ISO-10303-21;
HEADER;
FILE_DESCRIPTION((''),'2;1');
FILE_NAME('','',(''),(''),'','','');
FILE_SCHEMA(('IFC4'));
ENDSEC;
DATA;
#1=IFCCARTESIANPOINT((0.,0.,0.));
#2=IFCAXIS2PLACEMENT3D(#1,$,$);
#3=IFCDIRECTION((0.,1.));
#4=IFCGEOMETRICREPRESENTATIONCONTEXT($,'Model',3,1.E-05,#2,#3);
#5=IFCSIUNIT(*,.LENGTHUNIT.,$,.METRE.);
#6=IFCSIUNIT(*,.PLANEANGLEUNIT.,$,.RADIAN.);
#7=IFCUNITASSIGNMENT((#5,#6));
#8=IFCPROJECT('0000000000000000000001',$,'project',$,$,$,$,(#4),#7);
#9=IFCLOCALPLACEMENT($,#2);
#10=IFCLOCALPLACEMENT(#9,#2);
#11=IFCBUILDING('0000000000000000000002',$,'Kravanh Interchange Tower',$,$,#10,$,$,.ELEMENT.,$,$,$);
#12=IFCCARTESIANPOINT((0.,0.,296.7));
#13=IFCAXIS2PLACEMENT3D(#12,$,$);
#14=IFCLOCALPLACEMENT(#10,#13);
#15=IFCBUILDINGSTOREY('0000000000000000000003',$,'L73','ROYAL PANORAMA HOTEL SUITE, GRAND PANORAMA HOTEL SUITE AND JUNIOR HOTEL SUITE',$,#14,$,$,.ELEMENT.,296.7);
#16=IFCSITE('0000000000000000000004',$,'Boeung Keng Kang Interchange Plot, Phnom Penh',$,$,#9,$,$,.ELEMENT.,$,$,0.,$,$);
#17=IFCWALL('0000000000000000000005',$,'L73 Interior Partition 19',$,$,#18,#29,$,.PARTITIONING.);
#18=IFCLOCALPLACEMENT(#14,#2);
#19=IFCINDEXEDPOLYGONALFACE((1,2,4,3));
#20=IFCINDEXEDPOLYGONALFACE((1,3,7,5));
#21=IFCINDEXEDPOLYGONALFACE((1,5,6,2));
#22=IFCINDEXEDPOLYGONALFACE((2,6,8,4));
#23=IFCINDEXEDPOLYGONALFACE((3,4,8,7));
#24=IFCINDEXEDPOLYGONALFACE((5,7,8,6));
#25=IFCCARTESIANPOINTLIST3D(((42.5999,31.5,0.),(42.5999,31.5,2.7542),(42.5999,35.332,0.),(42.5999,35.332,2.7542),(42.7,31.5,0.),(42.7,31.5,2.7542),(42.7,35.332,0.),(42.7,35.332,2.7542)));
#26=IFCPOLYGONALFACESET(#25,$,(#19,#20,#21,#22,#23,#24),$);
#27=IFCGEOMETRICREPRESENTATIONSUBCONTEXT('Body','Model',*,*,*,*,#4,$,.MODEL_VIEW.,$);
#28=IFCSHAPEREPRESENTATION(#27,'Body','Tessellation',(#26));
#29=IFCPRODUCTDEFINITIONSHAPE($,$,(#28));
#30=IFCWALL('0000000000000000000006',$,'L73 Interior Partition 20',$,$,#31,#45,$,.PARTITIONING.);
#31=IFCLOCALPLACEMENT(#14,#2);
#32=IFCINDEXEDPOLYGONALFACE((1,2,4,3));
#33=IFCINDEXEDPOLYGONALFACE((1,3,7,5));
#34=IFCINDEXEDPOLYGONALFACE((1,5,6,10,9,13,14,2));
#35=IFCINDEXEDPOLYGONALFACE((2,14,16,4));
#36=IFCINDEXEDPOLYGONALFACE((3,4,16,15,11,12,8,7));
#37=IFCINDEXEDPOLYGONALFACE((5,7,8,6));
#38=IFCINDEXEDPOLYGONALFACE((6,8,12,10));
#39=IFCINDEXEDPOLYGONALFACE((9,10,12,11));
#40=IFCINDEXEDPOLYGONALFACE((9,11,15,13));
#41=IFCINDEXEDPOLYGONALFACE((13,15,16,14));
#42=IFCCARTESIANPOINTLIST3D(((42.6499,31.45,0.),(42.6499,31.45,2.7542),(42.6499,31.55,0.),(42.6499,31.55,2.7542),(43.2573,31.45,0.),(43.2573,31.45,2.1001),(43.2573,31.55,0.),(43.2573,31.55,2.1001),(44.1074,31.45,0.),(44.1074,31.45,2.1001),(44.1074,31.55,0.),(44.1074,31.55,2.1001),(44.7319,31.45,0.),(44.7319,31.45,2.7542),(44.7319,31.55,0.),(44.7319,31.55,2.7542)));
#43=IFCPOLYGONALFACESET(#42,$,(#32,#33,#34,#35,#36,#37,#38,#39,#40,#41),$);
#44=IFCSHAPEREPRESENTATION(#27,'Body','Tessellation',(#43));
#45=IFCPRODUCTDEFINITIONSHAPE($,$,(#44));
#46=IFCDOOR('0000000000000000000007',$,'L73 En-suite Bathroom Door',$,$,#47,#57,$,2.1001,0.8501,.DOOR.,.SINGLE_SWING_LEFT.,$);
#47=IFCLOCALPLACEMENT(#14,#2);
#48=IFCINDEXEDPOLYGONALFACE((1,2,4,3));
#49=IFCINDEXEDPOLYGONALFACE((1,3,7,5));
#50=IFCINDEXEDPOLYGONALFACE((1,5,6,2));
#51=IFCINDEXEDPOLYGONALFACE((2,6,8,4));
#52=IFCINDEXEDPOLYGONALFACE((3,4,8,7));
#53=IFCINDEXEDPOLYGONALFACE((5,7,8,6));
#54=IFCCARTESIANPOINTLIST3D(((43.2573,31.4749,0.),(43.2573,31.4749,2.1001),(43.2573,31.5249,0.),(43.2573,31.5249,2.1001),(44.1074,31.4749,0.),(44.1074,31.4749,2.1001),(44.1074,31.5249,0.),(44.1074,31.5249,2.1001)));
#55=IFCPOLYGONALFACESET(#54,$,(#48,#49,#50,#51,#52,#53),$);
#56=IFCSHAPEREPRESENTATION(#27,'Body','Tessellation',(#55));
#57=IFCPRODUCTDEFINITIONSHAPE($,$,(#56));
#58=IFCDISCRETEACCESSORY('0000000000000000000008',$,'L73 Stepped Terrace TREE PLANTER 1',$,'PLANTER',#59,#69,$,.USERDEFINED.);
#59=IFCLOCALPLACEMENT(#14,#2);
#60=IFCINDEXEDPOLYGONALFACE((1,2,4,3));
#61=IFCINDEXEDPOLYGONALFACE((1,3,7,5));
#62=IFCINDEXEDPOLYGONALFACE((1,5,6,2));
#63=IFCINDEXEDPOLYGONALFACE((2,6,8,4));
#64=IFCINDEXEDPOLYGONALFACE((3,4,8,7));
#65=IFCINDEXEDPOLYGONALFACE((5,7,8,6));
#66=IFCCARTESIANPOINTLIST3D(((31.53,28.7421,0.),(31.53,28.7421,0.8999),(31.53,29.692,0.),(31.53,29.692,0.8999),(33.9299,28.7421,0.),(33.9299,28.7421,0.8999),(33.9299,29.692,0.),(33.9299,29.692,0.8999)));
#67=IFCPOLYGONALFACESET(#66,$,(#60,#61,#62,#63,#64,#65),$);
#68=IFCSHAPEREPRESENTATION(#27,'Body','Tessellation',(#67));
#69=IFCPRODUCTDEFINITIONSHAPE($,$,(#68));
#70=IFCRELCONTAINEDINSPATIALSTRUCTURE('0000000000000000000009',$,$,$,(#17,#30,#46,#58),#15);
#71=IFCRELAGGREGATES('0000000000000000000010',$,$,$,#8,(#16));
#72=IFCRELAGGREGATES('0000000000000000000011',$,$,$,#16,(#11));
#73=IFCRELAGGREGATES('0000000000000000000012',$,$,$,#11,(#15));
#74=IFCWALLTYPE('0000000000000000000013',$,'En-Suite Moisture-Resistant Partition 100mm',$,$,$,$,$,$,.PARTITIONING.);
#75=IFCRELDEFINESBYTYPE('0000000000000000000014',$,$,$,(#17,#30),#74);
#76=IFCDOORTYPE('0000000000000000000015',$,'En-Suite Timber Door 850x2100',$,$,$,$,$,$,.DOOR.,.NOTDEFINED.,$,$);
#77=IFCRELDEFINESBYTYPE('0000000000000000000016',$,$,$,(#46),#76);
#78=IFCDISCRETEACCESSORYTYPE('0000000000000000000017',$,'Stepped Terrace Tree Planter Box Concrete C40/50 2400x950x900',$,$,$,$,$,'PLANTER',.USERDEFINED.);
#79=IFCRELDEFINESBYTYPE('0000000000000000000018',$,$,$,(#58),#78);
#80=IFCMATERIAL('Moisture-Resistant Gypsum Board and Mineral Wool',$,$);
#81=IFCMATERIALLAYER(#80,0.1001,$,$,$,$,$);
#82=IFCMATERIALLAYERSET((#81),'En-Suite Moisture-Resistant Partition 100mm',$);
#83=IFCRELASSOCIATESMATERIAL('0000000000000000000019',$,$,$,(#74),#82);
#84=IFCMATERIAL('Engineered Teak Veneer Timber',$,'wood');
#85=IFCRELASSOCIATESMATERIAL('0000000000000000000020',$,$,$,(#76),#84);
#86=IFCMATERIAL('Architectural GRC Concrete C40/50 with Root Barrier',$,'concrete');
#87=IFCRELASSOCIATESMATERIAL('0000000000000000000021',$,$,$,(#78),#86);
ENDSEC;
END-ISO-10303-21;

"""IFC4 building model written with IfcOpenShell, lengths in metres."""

from ifc_helpers import new_model, si_unit, direction, frame, frame_2d, origin, origin_2d, place, context, subcontext, project, spatial, rectangle, extrude, material, layer, layer_set, type_object, element, fill, save


model = new_model("IFC4")

# Units and contexts
model_context = context("Model", 3, precision=1e-05, world=origin(), true_north=direction((0.0, 1.0)))
body_context = subcontext(model_context, "Body", "Model", "MODEL_VIEW")
ifc_project = project(units=[si_unit("LENGTHUNIT", "METRE"), si_unit("PLANEANGLEUNIT", "RADIAN")], contexts=[model_context])

# Site, building, storey
site_placement = place(None, origin())
site = spatial("IfcSite", under=ifc_project, at=site_placement, Name="Boeung Keng Kang Interchange Plot, Phnom Penh", CompositionType="ELEMENT", RefElevation=0.0)
building_placement = place(site_placement, origin())
building = spatial("IfcBuilding", under=site, at=building_placement, Name="Kravanh Interchange Tower", CompositionType="ELEMENT")
storey_placement = place(building_placement, frame((0.0, 0.0, 296.7)))
storey = spatial("IfcBuildingStorey", under=building, at=storey_placement, Name="L73", Description="ROYAL PANORAMA HOTEL SUITE, GRAND PANORAMA HOTEL SUITE AND JUNIOR HOTEL SUITE", CompositionType="ELEMENT", Elevation=296.7)

# Wall
ifc_material_1 = material(Name="Moisture-Resistant Gypsum Board and Mineral Wool")
ifc_layer_1 = layer(ifc_material_1, 0.1001)
ifc_layer_set_1 = layer_set([ifc_layer_1], Name="En-Suite Moisture-Resistant Partition 100mm")
wall_type_1 = type_object("IfcWallType", Name="En-Suite Moisture-Resistant Partition 100mm", PredefinedType="PARTITIONING", material=ifc_layer_set_1)
wall_1_placement = place(storey_placement, frame((42.6499, 31.5, 0.0), z_axis=(0.0, 0.0, 1.0), x_axis=(0.0, 1.0, 0.0)))
element("IfcWall", 1, at=wall_1_placement, inside=storey, type_object=wall_type_1, Name="L73 Interior Partition 19", PredefinedType="PARTITIONING", context=body_context, shape_type="SweptSolid", body=[
    extrude(rectangle(XDim=3.832, YDim=0.1001, at=frame_2d((1.916, 0.0))), origin(), (0.0, 0.0, 1.0), 2.7542),
])

# Wall, opening, door
wall_2_placement = place(storey_placement, frame((42.6499, 31.5, 0.0), z_axis=(0.0, 0.0, 1.0), x_axis=(1.0, 0.0, 0.0)))
wall_2 = element("IfcWall", 2, at=wall_2_placement, inside=storey, type_object=wall_type_1, Name="L73 Interior Partition 20", PredefinedType="PARTITIONING", context=body_context, shape_type="SweptSolid", body=[
    extrude(rectangle(XDim=2.082, YDim=0.1001, at=frame_2d((1.041, 0.0))), origin(), (0.0, 0.0, 1.0), 2.7542),
])
opening_placement = place(wall_2_placement, frame((0.6074, 0.0, 0.0)))
opening = element("IfcOpeningElement", 3, at=opening_placement, cuts=wall_2, PredefinedType="OPENING", context=body_context, shape_type="SweptSolid", body=[
    extrude(rectangle(XDim=0.8501, YDim=2.1001, at=frame_2d((0.425, 1.05))), frame((0.0, 0.0601, 0.0), z_axis=(0.0, -1.0, 0.0), x_axis=(1.0, 0.0, 0.0)), (0.0, 0.0, 1.0), 0.1201),
])
ifc_material_2 = material(Name="Engineered Teak Veneer Timber", Category="wood")
door_type = type_object("IfcDoorType", Name="En-Suite Timber Door 850x2100", OperationType="NOTDEFINED", PredefinedType="DOOR", material=ifc_material_2)
door_placement = place(opening_placement, origin())
door = element("IfcDoor", 4, at=door_placement, inside=storey, type_object=door_type, Name="L73 En-suite Bathroom Door", OperationType="SINGLE_SWING_LEFT", OverallHeight=2.1001, OverallWidth=0.8501, PredefinedType="DOOR", context=body_context, shape_type="SweptSolid", body=[
    extrude(rectangle(XDim=0.8501, YDim=2.1001, at=frame_2d((0.425, 1.05))), frame((0.0, 0.0249, 0.0), z_axis=(0.0, -1.0, 0.0), x_axis=(1.0, 0.0, 0.0)), (0.0, 0.0, 1.0), 0.05),
])
fill(opening, door)

# Discrete accessory
ifc_material_3 = material(Name="Architectural GRC Concrete C40/50 with Root Barrier", Category="concrete")
discrete_accessory_type = type_object("IfcDiscreteAccessoryType", Name="Stepped Terrace Tree Planter Box Concrete C40/50 2400x950x900", ElementType="PLANTER", PredefinedType="USERDEFINED", material=ifc_material_3)
discrete_accessory_placement = place(storey_placement, frame((32.73, 29.217, 0.0), z_axis=(0.0, 0.0, 1.0), x_axis=(1.0, 0.0, 0.0)))
element("IfcDiscreteAccessory", 5, at=discrete_accessory_placement, inside=storey, type_object=discrete_accessory_type, Name="L73 Stepped Terrace TREE PLANTER 1", ObjectType="PLANTER", PredefinedType="USERDEFINED", context=body_context, shape_type="SweptSolid", body=[
    extrude(rectangle(XDim=2.3999, YDim=0.95, at=origin_2d()), origin(), (0.0, 0.0, 1.0), 0.8999),
])

save(model, "model.ifc")
